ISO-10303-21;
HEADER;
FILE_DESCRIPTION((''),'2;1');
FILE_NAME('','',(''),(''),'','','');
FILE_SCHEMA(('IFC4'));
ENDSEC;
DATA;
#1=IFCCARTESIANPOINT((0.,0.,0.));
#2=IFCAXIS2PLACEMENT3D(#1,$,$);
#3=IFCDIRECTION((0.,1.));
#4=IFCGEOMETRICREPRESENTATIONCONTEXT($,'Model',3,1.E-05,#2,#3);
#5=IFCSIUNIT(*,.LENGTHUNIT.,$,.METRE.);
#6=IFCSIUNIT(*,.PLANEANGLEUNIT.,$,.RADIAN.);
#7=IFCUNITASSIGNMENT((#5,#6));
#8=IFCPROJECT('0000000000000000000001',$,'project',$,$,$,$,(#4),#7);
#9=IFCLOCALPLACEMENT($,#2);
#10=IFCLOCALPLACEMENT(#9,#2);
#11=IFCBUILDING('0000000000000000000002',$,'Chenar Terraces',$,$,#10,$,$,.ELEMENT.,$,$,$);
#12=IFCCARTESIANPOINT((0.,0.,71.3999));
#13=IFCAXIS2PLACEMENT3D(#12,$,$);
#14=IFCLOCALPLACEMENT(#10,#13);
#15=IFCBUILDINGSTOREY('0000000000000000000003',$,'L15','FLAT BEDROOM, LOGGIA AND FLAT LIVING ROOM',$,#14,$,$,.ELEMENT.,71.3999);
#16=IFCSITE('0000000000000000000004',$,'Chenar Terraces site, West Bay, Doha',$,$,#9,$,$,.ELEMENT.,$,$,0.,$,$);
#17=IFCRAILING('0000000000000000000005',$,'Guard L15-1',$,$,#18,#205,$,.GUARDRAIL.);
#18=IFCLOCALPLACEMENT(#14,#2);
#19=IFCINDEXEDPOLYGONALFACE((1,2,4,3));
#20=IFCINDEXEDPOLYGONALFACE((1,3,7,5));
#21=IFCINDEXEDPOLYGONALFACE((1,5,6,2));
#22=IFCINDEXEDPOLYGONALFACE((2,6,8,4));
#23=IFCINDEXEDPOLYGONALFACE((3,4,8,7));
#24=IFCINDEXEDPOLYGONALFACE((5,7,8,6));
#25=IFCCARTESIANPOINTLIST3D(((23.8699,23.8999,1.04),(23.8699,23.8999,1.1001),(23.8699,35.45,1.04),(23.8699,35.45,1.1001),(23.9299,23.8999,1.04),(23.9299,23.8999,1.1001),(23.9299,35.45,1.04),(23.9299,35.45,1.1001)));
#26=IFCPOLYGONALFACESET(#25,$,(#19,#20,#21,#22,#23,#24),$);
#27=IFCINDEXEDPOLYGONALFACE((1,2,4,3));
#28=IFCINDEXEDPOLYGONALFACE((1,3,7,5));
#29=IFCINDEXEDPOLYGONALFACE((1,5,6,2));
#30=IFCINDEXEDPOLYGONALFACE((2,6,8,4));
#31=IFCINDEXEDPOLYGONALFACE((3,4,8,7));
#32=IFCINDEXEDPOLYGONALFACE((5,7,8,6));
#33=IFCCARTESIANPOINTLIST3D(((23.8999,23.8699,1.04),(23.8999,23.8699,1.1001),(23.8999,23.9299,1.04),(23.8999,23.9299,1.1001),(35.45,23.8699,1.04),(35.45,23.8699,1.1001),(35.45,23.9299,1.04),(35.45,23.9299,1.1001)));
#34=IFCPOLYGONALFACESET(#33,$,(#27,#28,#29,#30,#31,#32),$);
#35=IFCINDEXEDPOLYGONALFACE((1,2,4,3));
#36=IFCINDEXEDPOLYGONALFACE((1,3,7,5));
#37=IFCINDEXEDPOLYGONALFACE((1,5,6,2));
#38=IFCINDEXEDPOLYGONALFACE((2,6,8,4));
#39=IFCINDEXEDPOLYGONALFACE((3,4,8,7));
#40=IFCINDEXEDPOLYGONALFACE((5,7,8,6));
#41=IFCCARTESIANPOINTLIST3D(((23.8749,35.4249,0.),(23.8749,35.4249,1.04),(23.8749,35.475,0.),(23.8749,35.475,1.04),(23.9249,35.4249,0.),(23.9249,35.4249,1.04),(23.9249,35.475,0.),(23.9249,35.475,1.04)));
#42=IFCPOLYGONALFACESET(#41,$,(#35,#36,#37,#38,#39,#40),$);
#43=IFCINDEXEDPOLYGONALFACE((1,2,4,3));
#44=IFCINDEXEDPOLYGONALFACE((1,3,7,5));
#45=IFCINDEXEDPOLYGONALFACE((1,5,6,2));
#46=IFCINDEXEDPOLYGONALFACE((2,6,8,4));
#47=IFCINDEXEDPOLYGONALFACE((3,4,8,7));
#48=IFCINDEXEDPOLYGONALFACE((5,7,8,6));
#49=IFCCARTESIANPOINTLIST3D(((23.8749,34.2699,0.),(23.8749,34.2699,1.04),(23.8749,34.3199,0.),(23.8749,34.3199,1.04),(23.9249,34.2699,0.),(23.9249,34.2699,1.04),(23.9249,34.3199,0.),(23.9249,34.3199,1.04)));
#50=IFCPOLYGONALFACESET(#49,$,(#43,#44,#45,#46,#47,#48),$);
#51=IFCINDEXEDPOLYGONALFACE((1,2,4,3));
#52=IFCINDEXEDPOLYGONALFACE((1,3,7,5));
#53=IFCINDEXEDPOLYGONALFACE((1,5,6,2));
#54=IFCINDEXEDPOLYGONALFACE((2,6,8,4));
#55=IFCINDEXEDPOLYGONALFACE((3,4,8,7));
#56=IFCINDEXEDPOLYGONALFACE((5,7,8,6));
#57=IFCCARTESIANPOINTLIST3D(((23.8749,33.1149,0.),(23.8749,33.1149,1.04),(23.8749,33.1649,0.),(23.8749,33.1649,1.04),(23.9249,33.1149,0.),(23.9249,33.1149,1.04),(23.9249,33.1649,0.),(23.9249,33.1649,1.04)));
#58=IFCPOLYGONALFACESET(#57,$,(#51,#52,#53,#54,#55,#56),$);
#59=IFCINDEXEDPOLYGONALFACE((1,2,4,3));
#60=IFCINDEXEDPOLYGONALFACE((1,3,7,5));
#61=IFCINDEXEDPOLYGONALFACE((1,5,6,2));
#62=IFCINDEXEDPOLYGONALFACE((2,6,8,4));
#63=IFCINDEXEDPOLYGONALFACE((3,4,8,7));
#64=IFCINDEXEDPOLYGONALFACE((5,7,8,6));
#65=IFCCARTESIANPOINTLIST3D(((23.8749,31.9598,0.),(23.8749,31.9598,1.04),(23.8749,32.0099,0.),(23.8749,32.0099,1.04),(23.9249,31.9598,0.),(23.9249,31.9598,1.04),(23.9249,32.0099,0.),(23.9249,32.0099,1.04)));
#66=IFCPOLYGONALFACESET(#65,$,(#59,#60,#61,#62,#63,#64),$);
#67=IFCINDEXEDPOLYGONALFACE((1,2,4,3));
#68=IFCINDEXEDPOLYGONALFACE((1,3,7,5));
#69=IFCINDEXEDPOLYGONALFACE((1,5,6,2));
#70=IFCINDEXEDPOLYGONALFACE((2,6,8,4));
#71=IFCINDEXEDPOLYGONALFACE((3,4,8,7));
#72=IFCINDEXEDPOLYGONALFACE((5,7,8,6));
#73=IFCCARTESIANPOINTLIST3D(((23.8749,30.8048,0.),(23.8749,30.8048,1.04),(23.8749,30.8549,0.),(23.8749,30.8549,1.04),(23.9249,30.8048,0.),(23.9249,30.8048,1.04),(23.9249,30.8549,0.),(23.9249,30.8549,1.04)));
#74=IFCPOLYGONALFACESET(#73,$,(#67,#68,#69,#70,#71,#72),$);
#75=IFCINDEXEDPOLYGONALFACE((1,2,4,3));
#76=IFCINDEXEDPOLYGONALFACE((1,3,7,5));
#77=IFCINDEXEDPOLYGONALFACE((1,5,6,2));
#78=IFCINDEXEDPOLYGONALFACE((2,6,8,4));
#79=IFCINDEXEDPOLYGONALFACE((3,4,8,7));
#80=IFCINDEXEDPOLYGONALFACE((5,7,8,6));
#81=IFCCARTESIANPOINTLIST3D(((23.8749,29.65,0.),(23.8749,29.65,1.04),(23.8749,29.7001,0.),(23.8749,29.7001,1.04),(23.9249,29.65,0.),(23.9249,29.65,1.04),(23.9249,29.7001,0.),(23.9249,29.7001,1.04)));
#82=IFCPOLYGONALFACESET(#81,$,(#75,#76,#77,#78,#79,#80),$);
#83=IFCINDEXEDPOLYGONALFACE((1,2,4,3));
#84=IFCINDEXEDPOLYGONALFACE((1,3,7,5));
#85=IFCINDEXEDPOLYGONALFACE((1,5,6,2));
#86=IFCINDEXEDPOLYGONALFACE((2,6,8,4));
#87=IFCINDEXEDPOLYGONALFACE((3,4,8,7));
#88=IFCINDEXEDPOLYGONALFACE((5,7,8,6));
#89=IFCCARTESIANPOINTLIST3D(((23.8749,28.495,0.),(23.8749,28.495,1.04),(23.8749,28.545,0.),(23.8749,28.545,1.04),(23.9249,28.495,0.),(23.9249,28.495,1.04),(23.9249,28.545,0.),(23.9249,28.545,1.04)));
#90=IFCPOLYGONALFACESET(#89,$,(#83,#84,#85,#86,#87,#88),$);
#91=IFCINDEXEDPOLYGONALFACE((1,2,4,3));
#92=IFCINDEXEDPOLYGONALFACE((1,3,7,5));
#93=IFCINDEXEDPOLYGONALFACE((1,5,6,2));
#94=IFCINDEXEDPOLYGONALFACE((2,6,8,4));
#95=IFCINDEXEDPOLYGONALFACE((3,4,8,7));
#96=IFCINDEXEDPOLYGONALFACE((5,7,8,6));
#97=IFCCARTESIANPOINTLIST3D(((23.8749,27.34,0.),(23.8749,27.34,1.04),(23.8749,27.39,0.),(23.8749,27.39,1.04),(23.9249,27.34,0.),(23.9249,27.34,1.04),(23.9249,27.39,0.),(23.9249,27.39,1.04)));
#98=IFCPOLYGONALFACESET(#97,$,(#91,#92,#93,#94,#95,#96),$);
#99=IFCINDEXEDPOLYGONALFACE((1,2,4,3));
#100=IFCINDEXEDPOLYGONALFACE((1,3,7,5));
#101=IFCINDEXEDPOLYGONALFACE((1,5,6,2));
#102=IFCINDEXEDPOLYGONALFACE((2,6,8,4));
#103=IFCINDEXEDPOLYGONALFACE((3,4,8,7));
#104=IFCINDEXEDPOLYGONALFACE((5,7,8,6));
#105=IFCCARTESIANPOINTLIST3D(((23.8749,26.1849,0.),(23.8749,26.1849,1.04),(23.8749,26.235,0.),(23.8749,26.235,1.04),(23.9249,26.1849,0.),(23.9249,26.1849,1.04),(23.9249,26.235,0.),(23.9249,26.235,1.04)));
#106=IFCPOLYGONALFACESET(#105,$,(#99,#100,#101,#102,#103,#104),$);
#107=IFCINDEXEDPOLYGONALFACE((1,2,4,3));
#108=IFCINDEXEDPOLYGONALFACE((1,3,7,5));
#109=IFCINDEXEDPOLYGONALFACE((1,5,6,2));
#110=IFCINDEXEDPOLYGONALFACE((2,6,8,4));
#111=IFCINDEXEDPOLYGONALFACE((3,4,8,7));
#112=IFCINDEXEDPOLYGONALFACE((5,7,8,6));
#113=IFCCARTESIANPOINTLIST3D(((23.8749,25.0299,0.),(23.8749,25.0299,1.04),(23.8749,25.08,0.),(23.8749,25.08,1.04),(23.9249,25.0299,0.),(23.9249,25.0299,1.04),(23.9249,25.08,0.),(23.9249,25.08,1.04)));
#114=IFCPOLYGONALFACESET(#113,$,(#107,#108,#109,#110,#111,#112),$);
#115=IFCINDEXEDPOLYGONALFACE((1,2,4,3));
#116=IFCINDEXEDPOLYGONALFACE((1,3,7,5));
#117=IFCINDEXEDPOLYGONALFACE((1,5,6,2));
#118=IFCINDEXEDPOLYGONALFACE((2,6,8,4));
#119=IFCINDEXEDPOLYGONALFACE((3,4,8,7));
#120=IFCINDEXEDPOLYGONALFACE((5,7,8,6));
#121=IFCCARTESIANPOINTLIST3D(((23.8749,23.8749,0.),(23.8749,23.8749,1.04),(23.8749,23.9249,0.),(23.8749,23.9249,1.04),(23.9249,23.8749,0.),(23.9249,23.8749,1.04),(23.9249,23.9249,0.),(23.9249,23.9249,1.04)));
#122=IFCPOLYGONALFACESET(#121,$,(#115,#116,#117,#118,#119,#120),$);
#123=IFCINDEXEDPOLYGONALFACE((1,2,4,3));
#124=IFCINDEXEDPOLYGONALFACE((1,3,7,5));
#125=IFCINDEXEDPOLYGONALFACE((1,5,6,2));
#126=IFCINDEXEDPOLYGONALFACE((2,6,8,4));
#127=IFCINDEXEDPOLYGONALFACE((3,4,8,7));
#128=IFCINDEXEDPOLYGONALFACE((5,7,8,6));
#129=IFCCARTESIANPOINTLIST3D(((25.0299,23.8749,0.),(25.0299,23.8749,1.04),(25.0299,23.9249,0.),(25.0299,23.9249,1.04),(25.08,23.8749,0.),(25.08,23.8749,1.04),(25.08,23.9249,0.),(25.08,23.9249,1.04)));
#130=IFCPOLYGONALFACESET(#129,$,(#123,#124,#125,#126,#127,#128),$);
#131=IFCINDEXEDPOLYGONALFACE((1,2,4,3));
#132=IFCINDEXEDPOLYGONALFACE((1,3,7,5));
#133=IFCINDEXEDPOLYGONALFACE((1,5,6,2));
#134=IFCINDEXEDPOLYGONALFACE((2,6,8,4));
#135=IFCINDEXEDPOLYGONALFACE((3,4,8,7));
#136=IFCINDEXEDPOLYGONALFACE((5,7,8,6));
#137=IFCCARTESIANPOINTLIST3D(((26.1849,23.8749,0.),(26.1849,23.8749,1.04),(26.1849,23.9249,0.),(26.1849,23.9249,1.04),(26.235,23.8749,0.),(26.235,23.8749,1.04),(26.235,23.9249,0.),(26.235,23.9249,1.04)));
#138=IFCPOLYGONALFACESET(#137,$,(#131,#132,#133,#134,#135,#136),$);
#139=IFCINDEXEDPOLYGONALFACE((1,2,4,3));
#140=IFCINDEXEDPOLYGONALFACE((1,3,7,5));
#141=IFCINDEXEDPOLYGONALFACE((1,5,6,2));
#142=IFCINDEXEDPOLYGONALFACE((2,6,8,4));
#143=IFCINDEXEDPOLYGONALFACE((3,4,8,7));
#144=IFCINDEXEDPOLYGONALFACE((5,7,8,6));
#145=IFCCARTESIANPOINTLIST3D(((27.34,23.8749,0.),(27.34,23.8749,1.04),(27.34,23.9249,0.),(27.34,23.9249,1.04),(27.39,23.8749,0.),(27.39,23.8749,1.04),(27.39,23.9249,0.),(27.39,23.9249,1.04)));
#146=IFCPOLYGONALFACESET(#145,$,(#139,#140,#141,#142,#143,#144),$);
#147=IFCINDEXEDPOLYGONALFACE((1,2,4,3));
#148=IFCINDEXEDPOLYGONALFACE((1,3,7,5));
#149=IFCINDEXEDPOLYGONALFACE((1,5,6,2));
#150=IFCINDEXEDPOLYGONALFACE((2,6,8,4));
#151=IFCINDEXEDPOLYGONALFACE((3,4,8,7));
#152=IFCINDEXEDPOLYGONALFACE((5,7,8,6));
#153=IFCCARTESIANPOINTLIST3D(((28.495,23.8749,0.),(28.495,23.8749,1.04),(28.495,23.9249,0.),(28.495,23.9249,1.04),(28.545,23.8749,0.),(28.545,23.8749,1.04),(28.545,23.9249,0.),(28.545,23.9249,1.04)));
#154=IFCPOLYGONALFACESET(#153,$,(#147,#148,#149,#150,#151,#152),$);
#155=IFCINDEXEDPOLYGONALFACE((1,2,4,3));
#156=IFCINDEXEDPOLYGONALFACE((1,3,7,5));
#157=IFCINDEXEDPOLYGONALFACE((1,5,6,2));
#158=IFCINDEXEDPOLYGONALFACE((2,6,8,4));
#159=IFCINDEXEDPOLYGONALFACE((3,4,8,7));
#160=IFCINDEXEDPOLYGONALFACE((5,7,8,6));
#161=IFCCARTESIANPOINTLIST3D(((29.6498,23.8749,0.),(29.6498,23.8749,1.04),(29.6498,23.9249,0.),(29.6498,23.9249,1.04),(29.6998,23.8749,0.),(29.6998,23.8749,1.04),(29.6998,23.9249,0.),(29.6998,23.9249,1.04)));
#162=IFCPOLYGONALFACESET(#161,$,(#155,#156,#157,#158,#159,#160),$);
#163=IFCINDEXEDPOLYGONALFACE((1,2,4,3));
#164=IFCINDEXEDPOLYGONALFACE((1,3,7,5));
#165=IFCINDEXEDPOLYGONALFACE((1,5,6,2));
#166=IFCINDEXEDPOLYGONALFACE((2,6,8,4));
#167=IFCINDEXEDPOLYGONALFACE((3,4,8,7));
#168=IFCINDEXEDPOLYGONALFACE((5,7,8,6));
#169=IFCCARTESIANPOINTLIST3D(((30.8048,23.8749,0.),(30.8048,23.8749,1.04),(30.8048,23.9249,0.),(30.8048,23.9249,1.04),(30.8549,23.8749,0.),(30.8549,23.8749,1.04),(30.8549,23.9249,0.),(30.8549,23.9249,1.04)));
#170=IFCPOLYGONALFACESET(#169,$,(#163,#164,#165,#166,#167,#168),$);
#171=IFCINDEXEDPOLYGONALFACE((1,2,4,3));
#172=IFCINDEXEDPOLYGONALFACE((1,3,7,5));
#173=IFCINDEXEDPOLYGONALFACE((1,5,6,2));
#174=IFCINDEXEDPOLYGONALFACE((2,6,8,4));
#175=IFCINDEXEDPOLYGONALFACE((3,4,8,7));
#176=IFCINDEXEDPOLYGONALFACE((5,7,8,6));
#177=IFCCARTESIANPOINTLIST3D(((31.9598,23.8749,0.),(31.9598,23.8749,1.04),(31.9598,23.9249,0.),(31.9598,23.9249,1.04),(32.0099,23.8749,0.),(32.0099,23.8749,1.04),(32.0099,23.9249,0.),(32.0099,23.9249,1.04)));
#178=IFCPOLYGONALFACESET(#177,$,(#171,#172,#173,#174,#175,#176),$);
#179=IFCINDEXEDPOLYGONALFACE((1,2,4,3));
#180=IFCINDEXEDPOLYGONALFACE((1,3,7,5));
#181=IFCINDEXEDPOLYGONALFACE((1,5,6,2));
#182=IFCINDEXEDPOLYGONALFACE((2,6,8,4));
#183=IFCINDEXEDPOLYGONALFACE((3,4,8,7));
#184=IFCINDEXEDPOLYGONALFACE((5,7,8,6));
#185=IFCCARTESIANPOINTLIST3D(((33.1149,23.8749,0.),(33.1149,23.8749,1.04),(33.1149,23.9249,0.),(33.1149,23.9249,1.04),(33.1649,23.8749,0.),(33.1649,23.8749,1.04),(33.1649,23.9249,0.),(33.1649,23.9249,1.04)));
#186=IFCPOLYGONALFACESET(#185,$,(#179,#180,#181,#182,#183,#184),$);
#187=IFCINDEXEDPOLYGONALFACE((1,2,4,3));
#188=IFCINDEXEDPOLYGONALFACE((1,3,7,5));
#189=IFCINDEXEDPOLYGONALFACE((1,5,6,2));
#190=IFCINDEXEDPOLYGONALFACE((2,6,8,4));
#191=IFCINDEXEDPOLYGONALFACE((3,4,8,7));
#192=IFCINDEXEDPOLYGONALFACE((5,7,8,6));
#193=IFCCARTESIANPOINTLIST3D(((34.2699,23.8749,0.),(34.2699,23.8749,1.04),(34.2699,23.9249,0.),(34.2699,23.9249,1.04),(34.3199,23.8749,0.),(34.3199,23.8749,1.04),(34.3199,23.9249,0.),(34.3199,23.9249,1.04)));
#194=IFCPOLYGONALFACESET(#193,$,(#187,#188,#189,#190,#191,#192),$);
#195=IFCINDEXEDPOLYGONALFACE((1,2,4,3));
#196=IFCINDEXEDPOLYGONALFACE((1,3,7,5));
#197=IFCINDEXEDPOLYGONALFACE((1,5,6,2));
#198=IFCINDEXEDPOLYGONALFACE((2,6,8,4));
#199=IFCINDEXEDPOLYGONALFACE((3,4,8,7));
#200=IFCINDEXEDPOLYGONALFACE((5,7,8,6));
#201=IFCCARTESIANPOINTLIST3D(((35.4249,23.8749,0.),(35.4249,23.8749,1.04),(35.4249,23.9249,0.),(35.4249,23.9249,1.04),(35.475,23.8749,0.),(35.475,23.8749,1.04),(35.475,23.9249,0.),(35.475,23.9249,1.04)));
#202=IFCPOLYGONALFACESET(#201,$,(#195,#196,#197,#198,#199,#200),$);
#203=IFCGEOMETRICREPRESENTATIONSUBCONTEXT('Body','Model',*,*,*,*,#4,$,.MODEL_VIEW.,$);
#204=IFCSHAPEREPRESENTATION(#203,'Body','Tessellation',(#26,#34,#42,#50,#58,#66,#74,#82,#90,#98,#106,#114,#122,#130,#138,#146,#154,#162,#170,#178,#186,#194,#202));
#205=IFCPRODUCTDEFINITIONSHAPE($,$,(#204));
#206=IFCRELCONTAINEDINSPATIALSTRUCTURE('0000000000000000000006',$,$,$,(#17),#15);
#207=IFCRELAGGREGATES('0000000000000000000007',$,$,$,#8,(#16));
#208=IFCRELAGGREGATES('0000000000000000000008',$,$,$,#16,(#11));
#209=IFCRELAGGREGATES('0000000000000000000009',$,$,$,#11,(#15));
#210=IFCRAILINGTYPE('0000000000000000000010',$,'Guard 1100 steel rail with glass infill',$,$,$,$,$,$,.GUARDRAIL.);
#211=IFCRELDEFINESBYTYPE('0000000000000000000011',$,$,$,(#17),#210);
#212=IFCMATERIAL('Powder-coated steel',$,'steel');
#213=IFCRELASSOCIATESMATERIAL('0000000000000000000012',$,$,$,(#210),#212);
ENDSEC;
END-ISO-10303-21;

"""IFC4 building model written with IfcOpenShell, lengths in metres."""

from ifc_helpers import new_model, si_unit, direction, frame, origin, origin_2d, place, context, subcontext, project, spatial, rectangle, extrude, material, type_object, element, save


model = new_model("IFC4")

# Units and contexts
model_context = context("Model", 3, precision=1e-05, world=origin(), true_north=direction((0.0, 1.0)))
body_context = subcontext(model_context, "Body", "Model", "MODEL_VIEW")
ifc_project = project(units=[si_unit("LENGTHUNIT", "METRE"), si_unit("PLANEANGLEUNIT", "RADIAN")], contexts=[model_context])

# Site, building, storey
site_placement = place(None, origin())
site = spatial("IfcSite", under=ifc_project, at=site_placement, Name="Chenar Terraces site, West Bay, Doha", CompositionType="ELEMENT", RefElevation=0.0)
building_placement = place(site_placement, origin())
building = spatial("IfcBuilding", under=site, at=building_placement, Name="Chenar Terraces", CompositionType="ELEMENT")
storey_placement = place(building_placement, frame((0.0, 0.0, 71.3999)))
storey = spatial("IfcBuildingStorey", under=building, at=storey_placement, Name="L15", Description="FLAT BEDROOM, LOGGIA AND FLAT LIVING ROOM", CompositionType="ELEMENT", Elevation=71.3999)

# Railing
ifc_material_1 = material(Name="Powder-coated steel", Category="steel")
railing_type = type_object("IfcRailingType", Name="Guard 1100 steel rail with glass infill", PredefinedType="GUARDRAIL", material=ifc_material_1)
railing_placement = place(storey_placement, frame((23.8999, 35.45, 0.0)))
element("IfcRailing", 1, at=railing_placement, inside=storey, type_object=railing_type, Name="Guard L15-1", PredefinedType="GUARDRAIL", context=body_context, shape_type="SweptSolid", body=[
    extrude(rectangle(XDim=0.0601, YDim=0.0601, at=origin_2d()), frame((0.0, 0.0, 1.0701), z_axis=(0.0, -1.0, 0.0), x_axis=(1.0, 0.0, 0.0)), (0.0, 0.0, 1.0), 11.55),
    extrude(rectangle(XDim=0.0601, YDim=0.0601, at=origin_2d()), frame((0.0, -11.55, 1.0701), z_axis=(1.0, 0.0, 0.0), x_axis=(0.0, 1.0, 0.0)), (0.0, 0.0, 1.0), 11.55),
    extrude(rectangle(XDim=0.05, YDim=0.05, at=origin_2d()), origin(), (0.0, 0.0, 1.0), 1.04),
    extrude(rectangle(XDim=0.05, YDim=0.05, at=origin_2d()), frame((0.0, -1.155, 0.0)), (0.0, 0.0, 1.0), 1.04),
    extrude(rectangle(XDim=0.05, YDim=0.05, at=origin_2d()), frame((0.0, -2.3101, 0.0)), (0.0, 0.0, 1.0), 1.04),
    extrude(rectangle(XDim=0.05, YDim=0.05, at=origin_2d()), frame((0.0, -3.4651, 0.0)), (0.0, 0.0, 1.0), 1.04),
    extrude(rectangle(XDim=0.05, YDim=0.05, at=origin_2d()), frame((0.0, -4.6201, 0.0)), (0.0, 0.0, 1.0), 1.04),
    extrude(rectangle(XDim=0.05, YDim=0.05, at=origin_2d()), frame((0.0, -5.7749, 0.0)), (0.0, 0.0, 1.0), 1.04),
    extrude(rectangle(XDim=0.05, YDim=0.05, at=origin_2d()), frame((0.0, -6.9299, 0.0)), (0.0, 0.0, 1.0), 1.04),
    extrude(rectangle(XDim=0.05, YDim=0.05, at=origin_2d()), frame((0.0, -8.085, 0.0)), (0.0, 0.0, 1.0), 1.04),
    extrude(rectangle(XDim=0.05, YDim=0.05, at=origin_2d()), frame((0.0, -9.24, 0.0)), (0.0, 0.0, 1.0), 1.04),
    extrude(rectangle(XDim=0.05, YDim=0.05, at=origin_2d()), frame((0.0, -10.395, 0.0)), (0.0, 0.0, 1.0), 1.04),
    extrude(rectangle(XDim=0.05, YDim=0.05, at=origin_2d()), frame((0.0, -11.55, 0.0)), (0.0, 0.0, 1.0), 1.04),
    extrude(rectangle(XDim=0.05, YDim=0.05, at=origin_2d()), frame((1.155, -11.55, 0.0)), (0.0, 0.0, 1.0), 1.04),
    extrude(rectangle(XDim=0.05, YDim=0.05, at=origin_2d()), frame((2.3101, -11.55, 0.0)), (0.0, 0.0, 1.0), 1.04),
    extrude(rectangle(XDim=0.05, YDim=0.05, at=origin_2d()), frame((3.4651, -11.55, 0.0)), (0.0, 0.0, 1.0), 1.04),
    extrude(rectangle(XDim=0.05, YDim=0.05, at=origin_2d()), frame((4.6201, -11.55, 0.0)), (0.0, 0.0, 1.0), 1.04),
    extrude(rectangle(XDim=0.05, YDim=0.05, at=origin_2d()), frame((5.7749, -11.55, 0.0)), (0.0, 0.0, 1.0), 1.04),
    extrude(rectangle(XDim=0.05, YDim=0.05, at=origin_2d()), frame((6.9299, -11.55, 0.0)), (0.0, 0.0, 1.0), 1.04),
    extrude(rectangle(XDim=0.05, YDim=0.05, at=origin_2d()), frame((8.085, -11.55, 0.0)), (0.0, 0.0, 1.0), 1.04),
    extrude(rectangle(XDim=0.05, YDim=0.05, at=origin_2d()), frame((9.24, -11.55, 0.0)), (0.0, 0.0, 1.0), 1.04),
    extrude(rectangle(XDim=0.05, YDim=0.05, at=origin_2d()), frame((10.395, -11.55, 0.0)), (0.0, 0.0, 1.0), 1.04),
    extrude(rectangle(XDim=0.05, YDim=0.05, at=origin_2d()), frame((11.55, -11.55, 0.0)), (0.0, 0.0, 1.0), 1.04),
])

save(model, "model.ifc")
